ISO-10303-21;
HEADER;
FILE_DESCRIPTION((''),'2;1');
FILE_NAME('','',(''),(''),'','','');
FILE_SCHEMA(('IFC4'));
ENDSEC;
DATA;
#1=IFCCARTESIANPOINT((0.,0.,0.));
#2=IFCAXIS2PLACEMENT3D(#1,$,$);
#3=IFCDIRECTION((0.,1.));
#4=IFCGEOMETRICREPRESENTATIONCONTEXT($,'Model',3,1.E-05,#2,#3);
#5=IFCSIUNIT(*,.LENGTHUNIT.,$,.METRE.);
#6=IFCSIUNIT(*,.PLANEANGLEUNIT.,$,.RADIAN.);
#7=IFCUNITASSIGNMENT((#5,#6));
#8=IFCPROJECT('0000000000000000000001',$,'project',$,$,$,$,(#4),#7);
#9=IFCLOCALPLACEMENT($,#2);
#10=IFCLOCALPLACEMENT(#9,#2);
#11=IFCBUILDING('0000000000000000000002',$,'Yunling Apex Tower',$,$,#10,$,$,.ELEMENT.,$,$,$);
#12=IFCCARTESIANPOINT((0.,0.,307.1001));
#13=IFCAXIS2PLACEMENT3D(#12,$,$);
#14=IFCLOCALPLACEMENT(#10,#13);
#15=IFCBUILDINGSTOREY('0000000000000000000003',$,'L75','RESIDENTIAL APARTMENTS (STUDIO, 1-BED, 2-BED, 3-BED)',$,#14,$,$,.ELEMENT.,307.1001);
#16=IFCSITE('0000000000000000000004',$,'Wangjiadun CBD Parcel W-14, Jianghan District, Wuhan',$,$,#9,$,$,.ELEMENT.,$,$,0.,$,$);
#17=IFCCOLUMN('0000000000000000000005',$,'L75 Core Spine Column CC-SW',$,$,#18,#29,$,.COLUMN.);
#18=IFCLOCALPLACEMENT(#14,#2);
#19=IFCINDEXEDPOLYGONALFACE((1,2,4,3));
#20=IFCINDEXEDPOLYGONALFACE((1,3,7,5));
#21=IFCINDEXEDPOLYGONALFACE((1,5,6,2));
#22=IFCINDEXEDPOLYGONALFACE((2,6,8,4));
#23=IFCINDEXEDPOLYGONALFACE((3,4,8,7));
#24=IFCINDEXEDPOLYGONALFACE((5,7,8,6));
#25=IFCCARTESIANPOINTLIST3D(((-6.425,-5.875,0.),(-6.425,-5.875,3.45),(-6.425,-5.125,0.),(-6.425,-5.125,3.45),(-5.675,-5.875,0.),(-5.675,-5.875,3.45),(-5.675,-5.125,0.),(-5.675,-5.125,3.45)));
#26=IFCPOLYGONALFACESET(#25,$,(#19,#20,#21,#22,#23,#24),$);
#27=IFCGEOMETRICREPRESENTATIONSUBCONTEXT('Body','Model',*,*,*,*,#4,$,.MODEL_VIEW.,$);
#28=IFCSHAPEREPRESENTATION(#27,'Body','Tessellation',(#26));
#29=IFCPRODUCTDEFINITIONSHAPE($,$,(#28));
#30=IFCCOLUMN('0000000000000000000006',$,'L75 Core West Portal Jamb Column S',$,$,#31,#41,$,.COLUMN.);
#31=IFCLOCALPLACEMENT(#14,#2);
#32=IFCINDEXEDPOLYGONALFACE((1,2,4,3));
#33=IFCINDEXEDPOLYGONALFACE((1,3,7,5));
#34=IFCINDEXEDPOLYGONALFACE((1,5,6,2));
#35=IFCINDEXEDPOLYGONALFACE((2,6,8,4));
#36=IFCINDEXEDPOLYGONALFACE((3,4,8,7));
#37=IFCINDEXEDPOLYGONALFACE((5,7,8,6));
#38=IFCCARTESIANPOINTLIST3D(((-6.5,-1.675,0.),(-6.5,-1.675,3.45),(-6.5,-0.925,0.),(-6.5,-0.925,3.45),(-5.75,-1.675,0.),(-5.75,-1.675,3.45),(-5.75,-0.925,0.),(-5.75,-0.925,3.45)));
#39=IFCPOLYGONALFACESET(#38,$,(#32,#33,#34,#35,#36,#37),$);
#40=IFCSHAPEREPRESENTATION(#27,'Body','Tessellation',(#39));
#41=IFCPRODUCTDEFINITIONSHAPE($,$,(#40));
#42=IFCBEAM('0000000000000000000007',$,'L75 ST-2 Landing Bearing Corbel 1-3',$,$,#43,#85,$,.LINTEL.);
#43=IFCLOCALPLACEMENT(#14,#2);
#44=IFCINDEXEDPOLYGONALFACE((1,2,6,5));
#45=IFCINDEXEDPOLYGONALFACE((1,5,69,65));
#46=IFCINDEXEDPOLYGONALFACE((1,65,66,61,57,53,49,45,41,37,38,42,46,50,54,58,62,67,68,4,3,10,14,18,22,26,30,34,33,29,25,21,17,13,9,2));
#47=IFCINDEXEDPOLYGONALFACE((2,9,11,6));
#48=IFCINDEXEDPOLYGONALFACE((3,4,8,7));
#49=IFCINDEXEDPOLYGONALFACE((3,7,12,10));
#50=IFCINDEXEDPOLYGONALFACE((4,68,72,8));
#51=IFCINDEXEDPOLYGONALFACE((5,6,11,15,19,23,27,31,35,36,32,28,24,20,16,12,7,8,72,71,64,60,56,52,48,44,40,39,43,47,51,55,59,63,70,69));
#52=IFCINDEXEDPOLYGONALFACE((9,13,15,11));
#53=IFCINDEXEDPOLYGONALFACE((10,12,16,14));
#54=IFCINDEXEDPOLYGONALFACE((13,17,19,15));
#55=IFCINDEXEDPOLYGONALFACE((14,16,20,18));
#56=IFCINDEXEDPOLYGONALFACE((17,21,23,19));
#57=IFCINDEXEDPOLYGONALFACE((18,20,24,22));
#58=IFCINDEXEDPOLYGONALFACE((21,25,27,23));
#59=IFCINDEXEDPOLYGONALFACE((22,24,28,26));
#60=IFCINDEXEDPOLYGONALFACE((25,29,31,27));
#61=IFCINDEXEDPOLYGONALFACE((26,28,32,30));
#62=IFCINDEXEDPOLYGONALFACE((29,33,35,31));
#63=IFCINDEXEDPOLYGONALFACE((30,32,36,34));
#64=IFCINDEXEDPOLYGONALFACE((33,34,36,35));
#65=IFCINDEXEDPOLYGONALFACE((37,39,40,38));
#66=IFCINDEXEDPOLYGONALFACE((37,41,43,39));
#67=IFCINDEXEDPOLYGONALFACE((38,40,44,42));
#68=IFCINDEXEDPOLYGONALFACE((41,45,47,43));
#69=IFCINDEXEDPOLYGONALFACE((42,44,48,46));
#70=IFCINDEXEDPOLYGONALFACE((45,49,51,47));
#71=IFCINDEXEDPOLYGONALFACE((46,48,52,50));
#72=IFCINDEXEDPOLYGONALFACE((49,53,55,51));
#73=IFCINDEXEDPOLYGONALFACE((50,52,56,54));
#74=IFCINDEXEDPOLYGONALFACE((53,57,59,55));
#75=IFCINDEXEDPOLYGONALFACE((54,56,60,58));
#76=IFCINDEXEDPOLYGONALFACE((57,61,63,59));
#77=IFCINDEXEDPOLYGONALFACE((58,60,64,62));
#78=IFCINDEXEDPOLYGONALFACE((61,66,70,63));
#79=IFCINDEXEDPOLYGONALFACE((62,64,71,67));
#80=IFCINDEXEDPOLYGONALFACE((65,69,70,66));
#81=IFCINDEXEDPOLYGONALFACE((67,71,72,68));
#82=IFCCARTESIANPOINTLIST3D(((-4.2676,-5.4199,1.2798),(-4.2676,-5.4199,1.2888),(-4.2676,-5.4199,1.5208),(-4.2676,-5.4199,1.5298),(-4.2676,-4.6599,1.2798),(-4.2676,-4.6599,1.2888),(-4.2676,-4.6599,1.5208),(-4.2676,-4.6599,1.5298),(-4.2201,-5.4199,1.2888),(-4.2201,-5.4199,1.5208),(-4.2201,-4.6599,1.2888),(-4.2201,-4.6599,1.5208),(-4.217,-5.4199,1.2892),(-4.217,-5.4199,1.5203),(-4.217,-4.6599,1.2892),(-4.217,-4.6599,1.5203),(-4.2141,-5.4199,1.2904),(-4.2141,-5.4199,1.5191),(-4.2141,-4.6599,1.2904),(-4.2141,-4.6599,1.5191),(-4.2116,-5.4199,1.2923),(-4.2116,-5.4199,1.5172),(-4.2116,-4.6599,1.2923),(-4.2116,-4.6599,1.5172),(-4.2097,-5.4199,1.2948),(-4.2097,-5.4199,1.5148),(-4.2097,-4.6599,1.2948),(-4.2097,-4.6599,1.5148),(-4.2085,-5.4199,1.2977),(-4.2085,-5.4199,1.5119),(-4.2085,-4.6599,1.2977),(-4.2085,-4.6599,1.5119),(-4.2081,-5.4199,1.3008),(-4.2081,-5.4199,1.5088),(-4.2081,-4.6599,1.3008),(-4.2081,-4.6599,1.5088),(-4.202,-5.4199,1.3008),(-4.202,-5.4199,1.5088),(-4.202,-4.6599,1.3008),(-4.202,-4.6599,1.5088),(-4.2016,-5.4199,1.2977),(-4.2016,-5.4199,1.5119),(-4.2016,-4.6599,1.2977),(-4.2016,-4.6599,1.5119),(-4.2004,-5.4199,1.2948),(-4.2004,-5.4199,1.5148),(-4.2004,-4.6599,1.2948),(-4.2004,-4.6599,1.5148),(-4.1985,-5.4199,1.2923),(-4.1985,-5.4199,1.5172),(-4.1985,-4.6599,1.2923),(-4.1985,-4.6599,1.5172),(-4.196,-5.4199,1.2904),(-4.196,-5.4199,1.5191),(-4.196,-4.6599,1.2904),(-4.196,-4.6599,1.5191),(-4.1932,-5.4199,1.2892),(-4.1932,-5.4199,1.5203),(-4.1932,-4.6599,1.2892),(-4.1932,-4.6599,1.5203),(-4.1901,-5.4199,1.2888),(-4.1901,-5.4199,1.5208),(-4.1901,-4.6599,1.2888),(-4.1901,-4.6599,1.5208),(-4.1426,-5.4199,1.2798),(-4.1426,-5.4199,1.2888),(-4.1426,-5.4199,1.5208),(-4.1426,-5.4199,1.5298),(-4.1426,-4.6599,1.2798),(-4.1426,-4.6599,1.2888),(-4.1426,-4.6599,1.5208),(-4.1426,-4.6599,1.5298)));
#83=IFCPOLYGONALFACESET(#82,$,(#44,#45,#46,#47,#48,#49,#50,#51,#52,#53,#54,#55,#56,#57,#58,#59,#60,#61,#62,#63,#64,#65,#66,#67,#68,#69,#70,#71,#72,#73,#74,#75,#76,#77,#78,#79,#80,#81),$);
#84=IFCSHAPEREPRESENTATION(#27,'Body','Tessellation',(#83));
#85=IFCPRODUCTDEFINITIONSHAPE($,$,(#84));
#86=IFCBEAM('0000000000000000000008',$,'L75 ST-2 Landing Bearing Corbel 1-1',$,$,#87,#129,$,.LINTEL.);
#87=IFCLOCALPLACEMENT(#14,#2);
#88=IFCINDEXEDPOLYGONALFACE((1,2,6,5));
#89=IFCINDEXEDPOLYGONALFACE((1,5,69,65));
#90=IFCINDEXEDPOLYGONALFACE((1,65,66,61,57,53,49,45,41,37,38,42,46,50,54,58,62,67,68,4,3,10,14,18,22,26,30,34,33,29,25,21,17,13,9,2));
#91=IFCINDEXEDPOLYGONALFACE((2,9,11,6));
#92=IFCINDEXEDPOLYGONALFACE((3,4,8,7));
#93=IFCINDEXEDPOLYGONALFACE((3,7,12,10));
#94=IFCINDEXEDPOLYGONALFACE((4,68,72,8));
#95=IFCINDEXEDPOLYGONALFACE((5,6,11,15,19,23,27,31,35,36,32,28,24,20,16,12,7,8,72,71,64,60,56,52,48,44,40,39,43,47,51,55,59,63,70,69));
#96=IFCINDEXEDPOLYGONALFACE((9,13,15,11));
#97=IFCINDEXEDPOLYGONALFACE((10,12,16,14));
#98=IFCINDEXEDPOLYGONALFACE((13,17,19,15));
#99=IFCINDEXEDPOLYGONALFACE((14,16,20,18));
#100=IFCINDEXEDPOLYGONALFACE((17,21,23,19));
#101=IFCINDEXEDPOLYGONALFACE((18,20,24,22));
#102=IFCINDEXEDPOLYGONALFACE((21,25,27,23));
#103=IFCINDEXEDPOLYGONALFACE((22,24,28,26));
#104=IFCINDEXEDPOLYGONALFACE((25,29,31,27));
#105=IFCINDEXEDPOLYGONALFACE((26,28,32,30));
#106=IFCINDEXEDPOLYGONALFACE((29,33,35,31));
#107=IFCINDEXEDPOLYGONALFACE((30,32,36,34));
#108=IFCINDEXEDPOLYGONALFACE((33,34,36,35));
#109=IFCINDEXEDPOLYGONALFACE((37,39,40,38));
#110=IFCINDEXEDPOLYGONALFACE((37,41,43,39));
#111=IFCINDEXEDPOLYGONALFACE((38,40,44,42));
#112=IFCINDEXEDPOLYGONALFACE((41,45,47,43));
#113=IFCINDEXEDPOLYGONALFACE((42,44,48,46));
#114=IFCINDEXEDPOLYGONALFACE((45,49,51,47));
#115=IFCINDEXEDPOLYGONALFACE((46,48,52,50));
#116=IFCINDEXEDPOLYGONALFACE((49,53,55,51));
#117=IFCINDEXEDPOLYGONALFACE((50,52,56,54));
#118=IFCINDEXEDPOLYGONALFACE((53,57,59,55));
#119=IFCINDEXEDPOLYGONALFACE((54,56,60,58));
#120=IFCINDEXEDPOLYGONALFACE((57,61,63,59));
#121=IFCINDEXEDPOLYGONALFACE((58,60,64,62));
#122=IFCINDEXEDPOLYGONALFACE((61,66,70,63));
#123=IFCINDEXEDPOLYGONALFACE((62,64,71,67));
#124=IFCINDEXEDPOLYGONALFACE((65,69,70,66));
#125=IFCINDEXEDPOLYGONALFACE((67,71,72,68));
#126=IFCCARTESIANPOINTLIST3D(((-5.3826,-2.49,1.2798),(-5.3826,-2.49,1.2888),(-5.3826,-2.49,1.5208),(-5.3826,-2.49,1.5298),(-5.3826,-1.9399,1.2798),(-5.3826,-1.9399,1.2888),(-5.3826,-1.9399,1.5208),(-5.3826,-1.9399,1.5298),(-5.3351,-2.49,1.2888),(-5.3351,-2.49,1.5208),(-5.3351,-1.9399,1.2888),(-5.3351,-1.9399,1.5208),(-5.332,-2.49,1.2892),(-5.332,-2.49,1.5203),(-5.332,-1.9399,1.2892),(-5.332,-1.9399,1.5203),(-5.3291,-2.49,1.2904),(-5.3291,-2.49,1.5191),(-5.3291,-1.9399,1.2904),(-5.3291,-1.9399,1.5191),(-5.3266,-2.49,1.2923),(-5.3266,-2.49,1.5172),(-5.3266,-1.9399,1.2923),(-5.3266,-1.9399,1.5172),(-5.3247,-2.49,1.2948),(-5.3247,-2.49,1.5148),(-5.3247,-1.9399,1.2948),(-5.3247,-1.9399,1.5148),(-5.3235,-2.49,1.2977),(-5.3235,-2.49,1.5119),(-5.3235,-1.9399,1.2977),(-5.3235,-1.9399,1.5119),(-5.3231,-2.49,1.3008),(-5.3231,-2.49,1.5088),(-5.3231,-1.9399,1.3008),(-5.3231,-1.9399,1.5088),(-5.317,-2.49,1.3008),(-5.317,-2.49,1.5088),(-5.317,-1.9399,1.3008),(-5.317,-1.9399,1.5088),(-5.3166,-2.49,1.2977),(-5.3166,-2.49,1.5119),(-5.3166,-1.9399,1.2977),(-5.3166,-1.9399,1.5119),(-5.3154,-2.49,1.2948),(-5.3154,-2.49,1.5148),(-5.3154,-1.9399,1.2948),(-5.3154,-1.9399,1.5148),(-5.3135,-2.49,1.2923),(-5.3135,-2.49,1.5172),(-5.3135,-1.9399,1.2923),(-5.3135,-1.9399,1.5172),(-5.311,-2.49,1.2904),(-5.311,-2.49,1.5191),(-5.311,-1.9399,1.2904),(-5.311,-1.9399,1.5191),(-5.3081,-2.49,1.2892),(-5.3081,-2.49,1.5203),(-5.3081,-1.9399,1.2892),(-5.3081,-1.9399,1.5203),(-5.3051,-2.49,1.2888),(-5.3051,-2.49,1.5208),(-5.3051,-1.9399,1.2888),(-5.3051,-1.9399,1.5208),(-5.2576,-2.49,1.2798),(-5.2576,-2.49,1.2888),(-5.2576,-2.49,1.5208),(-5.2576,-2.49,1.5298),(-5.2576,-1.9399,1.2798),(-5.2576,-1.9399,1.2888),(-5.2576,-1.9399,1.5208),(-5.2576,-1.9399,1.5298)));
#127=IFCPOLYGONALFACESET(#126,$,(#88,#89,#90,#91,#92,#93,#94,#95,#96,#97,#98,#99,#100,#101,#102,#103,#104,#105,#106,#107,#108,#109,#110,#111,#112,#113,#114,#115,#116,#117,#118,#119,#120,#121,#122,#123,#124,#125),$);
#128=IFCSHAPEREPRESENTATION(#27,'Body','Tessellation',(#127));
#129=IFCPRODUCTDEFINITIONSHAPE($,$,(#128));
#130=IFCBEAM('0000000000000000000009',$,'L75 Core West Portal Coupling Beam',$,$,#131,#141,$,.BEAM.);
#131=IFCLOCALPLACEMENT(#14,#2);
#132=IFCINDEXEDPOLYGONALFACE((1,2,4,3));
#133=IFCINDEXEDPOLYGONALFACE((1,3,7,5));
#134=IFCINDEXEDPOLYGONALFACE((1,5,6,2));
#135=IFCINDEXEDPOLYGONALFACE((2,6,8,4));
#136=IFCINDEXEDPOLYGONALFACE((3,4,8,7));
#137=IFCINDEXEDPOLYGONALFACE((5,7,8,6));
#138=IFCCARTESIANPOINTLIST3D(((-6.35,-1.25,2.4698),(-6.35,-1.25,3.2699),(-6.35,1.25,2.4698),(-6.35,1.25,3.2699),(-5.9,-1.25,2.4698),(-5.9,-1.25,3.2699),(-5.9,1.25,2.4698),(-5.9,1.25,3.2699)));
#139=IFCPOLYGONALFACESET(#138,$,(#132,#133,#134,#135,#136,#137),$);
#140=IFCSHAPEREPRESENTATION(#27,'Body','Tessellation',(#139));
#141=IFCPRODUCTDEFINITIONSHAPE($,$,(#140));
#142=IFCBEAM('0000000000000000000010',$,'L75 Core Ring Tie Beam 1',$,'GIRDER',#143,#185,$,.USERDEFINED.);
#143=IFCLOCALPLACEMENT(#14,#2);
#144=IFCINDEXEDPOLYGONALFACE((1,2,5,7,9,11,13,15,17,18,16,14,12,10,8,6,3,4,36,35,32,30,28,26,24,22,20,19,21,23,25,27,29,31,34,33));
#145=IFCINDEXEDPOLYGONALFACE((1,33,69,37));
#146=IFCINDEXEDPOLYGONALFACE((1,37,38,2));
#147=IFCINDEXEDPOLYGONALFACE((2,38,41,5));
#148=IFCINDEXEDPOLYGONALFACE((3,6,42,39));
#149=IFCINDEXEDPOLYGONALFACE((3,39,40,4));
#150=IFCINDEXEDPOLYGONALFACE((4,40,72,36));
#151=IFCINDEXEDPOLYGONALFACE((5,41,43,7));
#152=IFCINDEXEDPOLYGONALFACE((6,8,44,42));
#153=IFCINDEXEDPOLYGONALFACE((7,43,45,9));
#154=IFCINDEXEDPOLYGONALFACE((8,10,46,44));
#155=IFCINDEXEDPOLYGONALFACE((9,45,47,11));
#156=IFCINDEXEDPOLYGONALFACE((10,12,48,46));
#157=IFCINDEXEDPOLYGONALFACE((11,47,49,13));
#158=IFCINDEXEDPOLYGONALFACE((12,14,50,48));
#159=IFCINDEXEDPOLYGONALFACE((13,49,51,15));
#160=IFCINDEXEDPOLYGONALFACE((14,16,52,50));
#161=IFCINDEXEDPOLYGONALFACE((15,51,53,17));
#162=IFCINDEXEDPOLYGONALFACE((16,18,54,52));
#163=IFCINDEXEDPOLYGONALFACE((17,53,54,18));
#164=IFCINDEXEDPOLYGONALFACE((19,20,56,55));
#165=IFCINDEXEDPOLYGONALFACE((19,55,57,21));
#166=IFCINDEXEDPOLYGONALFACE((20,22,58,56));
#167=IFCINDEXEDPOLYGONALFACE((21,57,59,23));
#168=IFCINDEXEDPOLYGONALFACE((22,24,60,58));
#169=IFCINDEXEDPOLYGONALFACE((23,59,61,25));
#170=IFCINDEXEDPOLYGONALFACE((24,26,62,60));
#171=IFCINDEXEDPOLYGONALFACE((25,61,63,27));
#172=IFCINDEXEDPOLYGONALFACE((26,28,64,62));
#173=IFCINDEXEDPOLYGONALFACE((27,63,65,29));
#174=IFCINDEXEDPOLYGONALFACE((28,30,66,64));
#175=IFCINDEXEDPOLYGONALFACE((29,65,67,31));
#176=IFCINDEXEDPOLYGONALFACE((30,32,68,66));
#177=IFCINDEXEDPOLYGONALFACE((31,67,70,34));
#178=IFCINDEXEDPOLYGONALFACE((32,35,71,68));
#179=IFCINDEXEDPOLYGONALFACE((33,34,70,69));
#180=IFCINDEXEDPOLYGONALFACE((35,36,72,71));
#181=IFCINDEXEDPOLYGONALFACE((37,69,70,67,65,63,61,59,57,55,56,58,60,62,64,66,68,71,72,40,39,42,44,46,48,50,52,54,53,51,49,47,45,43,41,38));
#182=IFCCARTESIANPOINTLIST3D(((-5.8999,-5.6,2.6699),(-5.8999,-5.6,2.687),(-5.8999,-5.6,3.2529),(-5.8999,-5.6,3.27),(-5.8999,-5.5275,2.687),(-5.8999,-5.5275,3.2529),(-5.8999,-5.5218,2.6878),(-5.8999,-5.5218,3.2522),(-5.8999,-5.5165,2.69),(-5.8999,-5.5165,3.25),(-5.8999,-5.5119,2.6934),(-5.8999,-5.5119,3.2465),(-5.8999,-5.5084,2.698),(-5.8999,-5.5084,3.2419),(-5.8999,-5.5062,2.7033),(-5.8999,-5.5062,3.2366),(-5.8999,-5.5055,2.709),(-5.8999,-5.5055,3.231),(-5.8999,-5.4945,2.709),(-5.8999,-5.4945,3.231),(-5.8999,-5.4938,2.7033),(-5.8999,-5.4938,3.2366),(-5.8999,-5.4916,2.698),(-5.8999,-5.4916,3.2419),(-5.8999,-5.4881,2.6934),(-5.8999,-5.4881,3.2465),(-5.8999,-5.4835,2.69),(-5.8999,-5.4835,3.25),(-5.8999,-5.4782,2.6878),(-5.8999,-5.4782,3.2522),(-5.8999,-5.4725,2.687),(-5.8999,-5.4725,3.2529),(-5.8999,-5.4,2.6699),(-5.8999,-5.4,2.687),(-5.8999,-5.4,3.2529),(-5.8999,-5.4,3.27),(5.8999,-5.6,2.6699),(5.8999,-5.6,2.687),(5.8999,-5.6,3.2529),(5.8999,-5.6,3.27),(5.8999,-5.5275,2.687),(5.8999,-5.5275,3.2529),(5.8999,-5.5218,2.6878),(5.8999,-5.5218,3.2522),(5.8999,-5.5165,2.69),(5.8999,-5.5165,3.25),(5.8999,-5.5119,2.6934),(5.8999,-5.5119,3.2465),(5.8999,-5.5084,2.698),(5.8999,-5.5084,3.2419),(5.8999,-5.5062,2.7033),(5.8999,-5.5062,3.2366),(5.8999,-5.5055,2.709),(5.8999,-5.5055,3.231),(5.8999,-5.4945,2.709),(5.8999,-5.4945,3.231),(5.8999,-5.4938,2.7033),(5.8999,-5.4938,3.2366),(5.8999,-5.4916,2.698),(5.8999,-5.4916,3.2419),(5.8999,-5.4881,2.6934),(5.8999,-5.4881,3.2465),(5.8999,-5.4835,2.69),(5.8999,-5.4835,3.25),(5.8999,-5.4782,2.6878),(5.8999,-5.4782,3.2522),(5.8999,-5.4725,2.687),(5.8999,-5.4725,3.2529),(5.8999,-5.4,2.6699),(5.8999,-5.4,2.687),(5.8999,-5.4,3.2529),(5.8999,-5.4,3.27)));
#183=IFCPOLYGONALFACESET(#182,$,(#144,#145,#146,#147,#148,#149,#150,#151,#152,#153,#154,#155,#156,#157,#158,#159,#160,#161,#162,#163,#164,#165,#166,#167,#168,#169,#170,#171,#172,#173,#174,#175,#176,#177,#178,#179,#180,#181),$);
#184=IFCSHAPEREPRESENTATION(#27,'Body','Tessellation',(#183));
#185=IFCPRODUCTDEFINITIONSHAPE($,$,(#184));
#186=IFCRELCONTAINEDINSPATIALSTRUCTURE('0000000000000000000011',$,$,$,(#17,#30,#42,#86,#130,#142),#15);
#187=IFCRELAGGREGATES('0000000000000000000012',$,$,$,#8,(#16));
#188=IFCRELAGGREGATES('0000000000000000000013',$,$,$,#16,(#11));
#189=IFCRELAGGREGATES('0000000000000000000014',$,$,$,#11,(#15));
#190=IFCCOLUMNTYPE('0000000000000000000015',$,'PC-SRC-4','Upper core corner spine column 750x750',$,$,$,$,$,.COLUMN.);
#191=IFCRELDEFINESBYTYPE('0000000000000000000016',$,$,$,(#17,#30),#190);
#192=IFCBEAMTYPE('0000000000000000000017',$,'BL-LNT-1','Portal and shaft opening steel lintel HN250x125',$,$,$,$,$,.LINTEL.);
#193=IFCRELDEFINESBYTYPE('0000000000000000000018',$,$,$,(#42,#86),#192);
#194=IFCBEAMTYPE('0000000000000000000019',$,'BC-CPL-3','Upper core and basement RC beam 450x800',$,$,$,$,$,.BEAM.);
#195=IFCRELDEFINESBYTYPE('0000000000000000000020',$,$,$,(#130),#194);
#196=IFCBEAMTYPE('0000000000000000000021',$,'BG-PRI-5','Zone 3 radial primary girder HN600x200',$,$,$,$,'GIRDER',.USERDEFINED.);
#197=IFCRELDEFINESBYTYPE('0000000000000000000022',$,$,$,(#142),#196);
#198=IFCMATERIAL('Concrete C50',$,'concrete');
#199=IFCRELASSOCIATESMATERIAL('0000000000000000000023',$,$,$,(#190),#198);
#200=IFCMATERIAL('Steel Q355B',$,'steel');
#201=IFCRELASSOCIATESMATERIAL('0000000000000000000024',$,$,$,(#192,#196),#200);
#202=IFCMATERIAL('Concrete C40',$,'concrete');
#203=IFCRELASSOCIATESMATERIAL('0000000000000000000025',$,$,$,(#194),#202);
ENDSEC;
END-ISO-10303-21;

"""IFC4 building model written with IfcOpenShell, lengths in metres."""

from ifc_helpers import new_model, si_unit, direction, frame, origin, origin_2d, place, context, subcontext, project, spatial, rectangle, i_section, extrude, source, transform, mapped, material, material_profile, profile_set, type_object, element, save


model = new_model("IFC4")

# Units and contexts
model_context = context("Model", 3, precision=1e-05, world=origin(), true_north=direction((0.0, 1.0)))
body_context = subcontext(model_context, "Body", "Model", "MODEL_VIEW")
ifc_project = project(units=[si_unit("LENGTHUNIT", "METRE"), si_unit("PLANEANGLEUNIT", "RADIAN")], contexts=[model_context])

# Site, building, storey
site_placement = place(None, origin())
site = spatial("IfcSite", under=ifc_project, at=site_placement, Name="Wangjiadun CBD Parcel W-14, Jianghan District, Wuhan", CompositionType="ELEMENT", RefElevation=0.0)
building_placement = place(site_placement, origin())
building = spatial("IfcBuilding", under=site, at=building_placement, Name="Yunling Apex Tower", CompositionType="ELEMENT")
storey_placement = place(building_placement, frame((0.0, 0.0, 307.1001)))
storey = spatial("IfcBuildingStorey", under=building, at=storey_placement, Name="L75", Description="RESIDENTIAL APARTMENTS (STUDIO, 1-BED, 2-BED, 3-BED)", CompositionType="ELEMENT", Elevation=307.1001)

# Columns
ifc_material_1 = material(Name="Concrete C50", Category="concrete")
ifc_material_profile_1 = material_profile(ifc_material_1, rectangle(XDim=0.75, YDim=0.75, at=origin_2d()))
ifc_profile_set_1 = profile_set([ifc_material_profile_1], Name="Concrete C50")
column_type = type_object("IfcColumnType", Name="PC-SRC-4", Description="Upper core corner spine column 750x750", PredefinedType="COLUMN", material=ifc_profile_set_1)
shared_shape_1 = source(origin(), body_context, "Body", "SweptSolid", [
    extrude(rectangle(XDim=0.75, YDim=0.75, at=origin_2d()), origin(), (0.0, 0.0, 1.0), 3.45),
])
for number, where, z_axis, x_axis, name in (
    (1, (-6.05, -5.5, 0.0), (0.0, 0.0, 1.0), (1.0, 0.0, 0.0), "L75 Core Spine Column CC-SW"),
    (2, (-6.125, -1.3, 0.0), (0.0, 0.0, 1.0), (1.0, 0.0, 0.0), "L75 Core West Portal Jamb Column S"),
):
    element("IfcColumn", number, at=place(storey_placement, frame(where, z_axis=z_axis, x_axis=x_axis)), inside=storey, type_object=column_type, Name=name, PredefinedType="COLUMN", context=body_context, shape_type="MappedRepresentation", body=[
        mapped(shared_shape_1, transform((0.0, 0.0, 0.0), scale=1.0)),
    ])

# Beams
ifc_material_2 = material(Name="Steel Q355B", Category="steel")
ifc_material_profile_2 = material_profile(ifc_material_2, i_section(OverallWidth=0.125, OverallDepth=0.25, WebThickness=0.0061, FlangeThickness=0.009, FilletRadius=0.012, at=origin_2d()))
ifc_profile_set_2 = profile_set([ifc_material_profile_2], Name="Steel Q355B")
beam_type_1 = type_object("IfcBeamType", Name="BL-LNT-1", Description="Portal and shaft opening steel lintel HN250x125", PredefinedType="LINTEL", material=ifc_profile_set_2)
shared_shape_2 = source(origin(), body_context, "Body", "SweptSolid", [
    extrude(i_section(OverallWidth=0.125, OverallDepth=0.25, WebThickness=0.0061, FlangeThickness=0.009, FilletRadius=0.012, at=origin_2d()), origin(), (0.0, 0.0, 1.0), 0.76),
])
beam_1_placement = place(storey_placement, frame((-4.2051, -5.4199, 1.4048), z_axis=(0.0, 1.0, 0.0), x_axis=(-1.0, 0.0, 0.0)))
element("IfcBeam", 3, at=beam_1_placement, inside=storey, type_object=beam_type_1, Name="L75 ST-2 Landing Bearing Corbel 1-3", PredefinedType="LINTEL", context=body_context, shape_type="MappedRepresentation", body=[
    mapped(shared_shape_2, transform((0.0, 0.0, 0.0), scale=1.0)),
])
shared_shape_3 = source(origin(), body_context, "Body", "SweptSolid", [
    extrude(i_section(OverallWidth=0.125, OverallDepth=0.25, WebThickness=0.0061, FlangeThickness=0.009, FilletRadius=0.012, at=origin_2d()), origin(), (0.0, 0.0, 1.0), 0.55),
])
beam_2_placement = place(storey_placement, frame((-5.3201, -1.9399, 1.4048), z_axis=(0.0, -1.0, 0.0), x_axis=(1.0, 0.0, 0.0)))
element("IfcBeam", 4, at=beam_2_placement, inside=storey, type_object=beam_type_1, Name="L75 ST-2 Landing Bearing Corbel 1-1", PredefinedType="LINTEL", context=body_context, shape_type="MappedRepresentation", body=[
    mapped(shared_shape_3, transform((0.0, 0.0, 0.0), scale=1.0)),
])
ifc_material_3 = material(Name="Concrete C40", Category="concrete")
ifc_material_profile_3 = material_profile(ifc_material_3, rectangle(XDim=0.45, YDim=0.8, at=origin_2d()))
ifc_profile_set_3 = profile_set([ifc_material_profile_3], Name="Concrete C40")
beam_type_2 = type_object("IfcBeamType", Name="BC-CPL-3", Description="Upper core and basement RC beam 450x800", PredefinedType="BEAM", material=ifc_profile_set_3)
shared_shape_4 = source(origin(), body_context, "Body", "SweptSolid", [
    extrude(rectangle(XDim=0.45, YDim=0.8, at=origin_2d()), origin(), (0.0, 0.0, 1.0), 2.5),
])
beam_3_placement = place(storey_placement, frame((-6.125, -1.25, 2.8699), z_axis=(0.0, 1.0, 0.0), x_axis=(-1.0, 0.0, 0.0)))
element("IfcBeam", 5, at=beam_3_placement, inside=storey, type_object=beam_type_2, Name="L75 Core West Portal Coupling Beam", PredefinedType="BEAM", context=body_context, shape_type="MappedRepresentation", body=[
    mapped(shared_shape_4, transform((0.0, 0.0, 0.0), scale=1.0)),
])
ifc_material_profile_4 = material_profile(ifc_material_2, i_section(OverallWidth=0.2, OverallDepth=0.6001, WebThickness=0.011, FlangeThickness=0.0171, FilletRadius=0.022, at=origin_2d()))
ifc_profile_set_4 = profile_set([ifc_material_profile_4], Name="Steel Q355B")
beam_type_3 = type_object("IfcBeamType", Name="BG-PRI-5", Description="Zone 3 radial primary girder HN600x200", ElementType="GIRDER", PredefinedType="USERDEFINED", material=ifc_profile_set_4)
shared_shape_5 = source(origin(), body_context, "Body", "SweptSolid", [
    extrude(i_section(OverallWidth=0.2, OverallDepth=0.6001, WebThickness=0.011, FlangeThickness=0.0171, FilletRadius=0.022, at=origin_2d()), origin(), (0.0, 0.0, 1.0), 11.7998),
])
beam_4_placement = place(storey_placement, frame((-5.8999, -5.5, 2.97), z_axis=(1.0, 0.0, 0.0), x_axis=(0.0, 1.0, 0.0)))
element("IfcBeam", 6, at=beam_4_placement, inside=storey, type_object=beam_type_3, Name="L75 Core Ring Tie Beam 1", ObjectType="GIRDER", PredefinedType="USERDEFINED", context=body_context, shape_type="MappedRepresentation", body=[
    mapped(shared_shape_5, transform((0.0, 0.0, 0.0), scale=1.0)),
])

save(model, "model.ifc")
